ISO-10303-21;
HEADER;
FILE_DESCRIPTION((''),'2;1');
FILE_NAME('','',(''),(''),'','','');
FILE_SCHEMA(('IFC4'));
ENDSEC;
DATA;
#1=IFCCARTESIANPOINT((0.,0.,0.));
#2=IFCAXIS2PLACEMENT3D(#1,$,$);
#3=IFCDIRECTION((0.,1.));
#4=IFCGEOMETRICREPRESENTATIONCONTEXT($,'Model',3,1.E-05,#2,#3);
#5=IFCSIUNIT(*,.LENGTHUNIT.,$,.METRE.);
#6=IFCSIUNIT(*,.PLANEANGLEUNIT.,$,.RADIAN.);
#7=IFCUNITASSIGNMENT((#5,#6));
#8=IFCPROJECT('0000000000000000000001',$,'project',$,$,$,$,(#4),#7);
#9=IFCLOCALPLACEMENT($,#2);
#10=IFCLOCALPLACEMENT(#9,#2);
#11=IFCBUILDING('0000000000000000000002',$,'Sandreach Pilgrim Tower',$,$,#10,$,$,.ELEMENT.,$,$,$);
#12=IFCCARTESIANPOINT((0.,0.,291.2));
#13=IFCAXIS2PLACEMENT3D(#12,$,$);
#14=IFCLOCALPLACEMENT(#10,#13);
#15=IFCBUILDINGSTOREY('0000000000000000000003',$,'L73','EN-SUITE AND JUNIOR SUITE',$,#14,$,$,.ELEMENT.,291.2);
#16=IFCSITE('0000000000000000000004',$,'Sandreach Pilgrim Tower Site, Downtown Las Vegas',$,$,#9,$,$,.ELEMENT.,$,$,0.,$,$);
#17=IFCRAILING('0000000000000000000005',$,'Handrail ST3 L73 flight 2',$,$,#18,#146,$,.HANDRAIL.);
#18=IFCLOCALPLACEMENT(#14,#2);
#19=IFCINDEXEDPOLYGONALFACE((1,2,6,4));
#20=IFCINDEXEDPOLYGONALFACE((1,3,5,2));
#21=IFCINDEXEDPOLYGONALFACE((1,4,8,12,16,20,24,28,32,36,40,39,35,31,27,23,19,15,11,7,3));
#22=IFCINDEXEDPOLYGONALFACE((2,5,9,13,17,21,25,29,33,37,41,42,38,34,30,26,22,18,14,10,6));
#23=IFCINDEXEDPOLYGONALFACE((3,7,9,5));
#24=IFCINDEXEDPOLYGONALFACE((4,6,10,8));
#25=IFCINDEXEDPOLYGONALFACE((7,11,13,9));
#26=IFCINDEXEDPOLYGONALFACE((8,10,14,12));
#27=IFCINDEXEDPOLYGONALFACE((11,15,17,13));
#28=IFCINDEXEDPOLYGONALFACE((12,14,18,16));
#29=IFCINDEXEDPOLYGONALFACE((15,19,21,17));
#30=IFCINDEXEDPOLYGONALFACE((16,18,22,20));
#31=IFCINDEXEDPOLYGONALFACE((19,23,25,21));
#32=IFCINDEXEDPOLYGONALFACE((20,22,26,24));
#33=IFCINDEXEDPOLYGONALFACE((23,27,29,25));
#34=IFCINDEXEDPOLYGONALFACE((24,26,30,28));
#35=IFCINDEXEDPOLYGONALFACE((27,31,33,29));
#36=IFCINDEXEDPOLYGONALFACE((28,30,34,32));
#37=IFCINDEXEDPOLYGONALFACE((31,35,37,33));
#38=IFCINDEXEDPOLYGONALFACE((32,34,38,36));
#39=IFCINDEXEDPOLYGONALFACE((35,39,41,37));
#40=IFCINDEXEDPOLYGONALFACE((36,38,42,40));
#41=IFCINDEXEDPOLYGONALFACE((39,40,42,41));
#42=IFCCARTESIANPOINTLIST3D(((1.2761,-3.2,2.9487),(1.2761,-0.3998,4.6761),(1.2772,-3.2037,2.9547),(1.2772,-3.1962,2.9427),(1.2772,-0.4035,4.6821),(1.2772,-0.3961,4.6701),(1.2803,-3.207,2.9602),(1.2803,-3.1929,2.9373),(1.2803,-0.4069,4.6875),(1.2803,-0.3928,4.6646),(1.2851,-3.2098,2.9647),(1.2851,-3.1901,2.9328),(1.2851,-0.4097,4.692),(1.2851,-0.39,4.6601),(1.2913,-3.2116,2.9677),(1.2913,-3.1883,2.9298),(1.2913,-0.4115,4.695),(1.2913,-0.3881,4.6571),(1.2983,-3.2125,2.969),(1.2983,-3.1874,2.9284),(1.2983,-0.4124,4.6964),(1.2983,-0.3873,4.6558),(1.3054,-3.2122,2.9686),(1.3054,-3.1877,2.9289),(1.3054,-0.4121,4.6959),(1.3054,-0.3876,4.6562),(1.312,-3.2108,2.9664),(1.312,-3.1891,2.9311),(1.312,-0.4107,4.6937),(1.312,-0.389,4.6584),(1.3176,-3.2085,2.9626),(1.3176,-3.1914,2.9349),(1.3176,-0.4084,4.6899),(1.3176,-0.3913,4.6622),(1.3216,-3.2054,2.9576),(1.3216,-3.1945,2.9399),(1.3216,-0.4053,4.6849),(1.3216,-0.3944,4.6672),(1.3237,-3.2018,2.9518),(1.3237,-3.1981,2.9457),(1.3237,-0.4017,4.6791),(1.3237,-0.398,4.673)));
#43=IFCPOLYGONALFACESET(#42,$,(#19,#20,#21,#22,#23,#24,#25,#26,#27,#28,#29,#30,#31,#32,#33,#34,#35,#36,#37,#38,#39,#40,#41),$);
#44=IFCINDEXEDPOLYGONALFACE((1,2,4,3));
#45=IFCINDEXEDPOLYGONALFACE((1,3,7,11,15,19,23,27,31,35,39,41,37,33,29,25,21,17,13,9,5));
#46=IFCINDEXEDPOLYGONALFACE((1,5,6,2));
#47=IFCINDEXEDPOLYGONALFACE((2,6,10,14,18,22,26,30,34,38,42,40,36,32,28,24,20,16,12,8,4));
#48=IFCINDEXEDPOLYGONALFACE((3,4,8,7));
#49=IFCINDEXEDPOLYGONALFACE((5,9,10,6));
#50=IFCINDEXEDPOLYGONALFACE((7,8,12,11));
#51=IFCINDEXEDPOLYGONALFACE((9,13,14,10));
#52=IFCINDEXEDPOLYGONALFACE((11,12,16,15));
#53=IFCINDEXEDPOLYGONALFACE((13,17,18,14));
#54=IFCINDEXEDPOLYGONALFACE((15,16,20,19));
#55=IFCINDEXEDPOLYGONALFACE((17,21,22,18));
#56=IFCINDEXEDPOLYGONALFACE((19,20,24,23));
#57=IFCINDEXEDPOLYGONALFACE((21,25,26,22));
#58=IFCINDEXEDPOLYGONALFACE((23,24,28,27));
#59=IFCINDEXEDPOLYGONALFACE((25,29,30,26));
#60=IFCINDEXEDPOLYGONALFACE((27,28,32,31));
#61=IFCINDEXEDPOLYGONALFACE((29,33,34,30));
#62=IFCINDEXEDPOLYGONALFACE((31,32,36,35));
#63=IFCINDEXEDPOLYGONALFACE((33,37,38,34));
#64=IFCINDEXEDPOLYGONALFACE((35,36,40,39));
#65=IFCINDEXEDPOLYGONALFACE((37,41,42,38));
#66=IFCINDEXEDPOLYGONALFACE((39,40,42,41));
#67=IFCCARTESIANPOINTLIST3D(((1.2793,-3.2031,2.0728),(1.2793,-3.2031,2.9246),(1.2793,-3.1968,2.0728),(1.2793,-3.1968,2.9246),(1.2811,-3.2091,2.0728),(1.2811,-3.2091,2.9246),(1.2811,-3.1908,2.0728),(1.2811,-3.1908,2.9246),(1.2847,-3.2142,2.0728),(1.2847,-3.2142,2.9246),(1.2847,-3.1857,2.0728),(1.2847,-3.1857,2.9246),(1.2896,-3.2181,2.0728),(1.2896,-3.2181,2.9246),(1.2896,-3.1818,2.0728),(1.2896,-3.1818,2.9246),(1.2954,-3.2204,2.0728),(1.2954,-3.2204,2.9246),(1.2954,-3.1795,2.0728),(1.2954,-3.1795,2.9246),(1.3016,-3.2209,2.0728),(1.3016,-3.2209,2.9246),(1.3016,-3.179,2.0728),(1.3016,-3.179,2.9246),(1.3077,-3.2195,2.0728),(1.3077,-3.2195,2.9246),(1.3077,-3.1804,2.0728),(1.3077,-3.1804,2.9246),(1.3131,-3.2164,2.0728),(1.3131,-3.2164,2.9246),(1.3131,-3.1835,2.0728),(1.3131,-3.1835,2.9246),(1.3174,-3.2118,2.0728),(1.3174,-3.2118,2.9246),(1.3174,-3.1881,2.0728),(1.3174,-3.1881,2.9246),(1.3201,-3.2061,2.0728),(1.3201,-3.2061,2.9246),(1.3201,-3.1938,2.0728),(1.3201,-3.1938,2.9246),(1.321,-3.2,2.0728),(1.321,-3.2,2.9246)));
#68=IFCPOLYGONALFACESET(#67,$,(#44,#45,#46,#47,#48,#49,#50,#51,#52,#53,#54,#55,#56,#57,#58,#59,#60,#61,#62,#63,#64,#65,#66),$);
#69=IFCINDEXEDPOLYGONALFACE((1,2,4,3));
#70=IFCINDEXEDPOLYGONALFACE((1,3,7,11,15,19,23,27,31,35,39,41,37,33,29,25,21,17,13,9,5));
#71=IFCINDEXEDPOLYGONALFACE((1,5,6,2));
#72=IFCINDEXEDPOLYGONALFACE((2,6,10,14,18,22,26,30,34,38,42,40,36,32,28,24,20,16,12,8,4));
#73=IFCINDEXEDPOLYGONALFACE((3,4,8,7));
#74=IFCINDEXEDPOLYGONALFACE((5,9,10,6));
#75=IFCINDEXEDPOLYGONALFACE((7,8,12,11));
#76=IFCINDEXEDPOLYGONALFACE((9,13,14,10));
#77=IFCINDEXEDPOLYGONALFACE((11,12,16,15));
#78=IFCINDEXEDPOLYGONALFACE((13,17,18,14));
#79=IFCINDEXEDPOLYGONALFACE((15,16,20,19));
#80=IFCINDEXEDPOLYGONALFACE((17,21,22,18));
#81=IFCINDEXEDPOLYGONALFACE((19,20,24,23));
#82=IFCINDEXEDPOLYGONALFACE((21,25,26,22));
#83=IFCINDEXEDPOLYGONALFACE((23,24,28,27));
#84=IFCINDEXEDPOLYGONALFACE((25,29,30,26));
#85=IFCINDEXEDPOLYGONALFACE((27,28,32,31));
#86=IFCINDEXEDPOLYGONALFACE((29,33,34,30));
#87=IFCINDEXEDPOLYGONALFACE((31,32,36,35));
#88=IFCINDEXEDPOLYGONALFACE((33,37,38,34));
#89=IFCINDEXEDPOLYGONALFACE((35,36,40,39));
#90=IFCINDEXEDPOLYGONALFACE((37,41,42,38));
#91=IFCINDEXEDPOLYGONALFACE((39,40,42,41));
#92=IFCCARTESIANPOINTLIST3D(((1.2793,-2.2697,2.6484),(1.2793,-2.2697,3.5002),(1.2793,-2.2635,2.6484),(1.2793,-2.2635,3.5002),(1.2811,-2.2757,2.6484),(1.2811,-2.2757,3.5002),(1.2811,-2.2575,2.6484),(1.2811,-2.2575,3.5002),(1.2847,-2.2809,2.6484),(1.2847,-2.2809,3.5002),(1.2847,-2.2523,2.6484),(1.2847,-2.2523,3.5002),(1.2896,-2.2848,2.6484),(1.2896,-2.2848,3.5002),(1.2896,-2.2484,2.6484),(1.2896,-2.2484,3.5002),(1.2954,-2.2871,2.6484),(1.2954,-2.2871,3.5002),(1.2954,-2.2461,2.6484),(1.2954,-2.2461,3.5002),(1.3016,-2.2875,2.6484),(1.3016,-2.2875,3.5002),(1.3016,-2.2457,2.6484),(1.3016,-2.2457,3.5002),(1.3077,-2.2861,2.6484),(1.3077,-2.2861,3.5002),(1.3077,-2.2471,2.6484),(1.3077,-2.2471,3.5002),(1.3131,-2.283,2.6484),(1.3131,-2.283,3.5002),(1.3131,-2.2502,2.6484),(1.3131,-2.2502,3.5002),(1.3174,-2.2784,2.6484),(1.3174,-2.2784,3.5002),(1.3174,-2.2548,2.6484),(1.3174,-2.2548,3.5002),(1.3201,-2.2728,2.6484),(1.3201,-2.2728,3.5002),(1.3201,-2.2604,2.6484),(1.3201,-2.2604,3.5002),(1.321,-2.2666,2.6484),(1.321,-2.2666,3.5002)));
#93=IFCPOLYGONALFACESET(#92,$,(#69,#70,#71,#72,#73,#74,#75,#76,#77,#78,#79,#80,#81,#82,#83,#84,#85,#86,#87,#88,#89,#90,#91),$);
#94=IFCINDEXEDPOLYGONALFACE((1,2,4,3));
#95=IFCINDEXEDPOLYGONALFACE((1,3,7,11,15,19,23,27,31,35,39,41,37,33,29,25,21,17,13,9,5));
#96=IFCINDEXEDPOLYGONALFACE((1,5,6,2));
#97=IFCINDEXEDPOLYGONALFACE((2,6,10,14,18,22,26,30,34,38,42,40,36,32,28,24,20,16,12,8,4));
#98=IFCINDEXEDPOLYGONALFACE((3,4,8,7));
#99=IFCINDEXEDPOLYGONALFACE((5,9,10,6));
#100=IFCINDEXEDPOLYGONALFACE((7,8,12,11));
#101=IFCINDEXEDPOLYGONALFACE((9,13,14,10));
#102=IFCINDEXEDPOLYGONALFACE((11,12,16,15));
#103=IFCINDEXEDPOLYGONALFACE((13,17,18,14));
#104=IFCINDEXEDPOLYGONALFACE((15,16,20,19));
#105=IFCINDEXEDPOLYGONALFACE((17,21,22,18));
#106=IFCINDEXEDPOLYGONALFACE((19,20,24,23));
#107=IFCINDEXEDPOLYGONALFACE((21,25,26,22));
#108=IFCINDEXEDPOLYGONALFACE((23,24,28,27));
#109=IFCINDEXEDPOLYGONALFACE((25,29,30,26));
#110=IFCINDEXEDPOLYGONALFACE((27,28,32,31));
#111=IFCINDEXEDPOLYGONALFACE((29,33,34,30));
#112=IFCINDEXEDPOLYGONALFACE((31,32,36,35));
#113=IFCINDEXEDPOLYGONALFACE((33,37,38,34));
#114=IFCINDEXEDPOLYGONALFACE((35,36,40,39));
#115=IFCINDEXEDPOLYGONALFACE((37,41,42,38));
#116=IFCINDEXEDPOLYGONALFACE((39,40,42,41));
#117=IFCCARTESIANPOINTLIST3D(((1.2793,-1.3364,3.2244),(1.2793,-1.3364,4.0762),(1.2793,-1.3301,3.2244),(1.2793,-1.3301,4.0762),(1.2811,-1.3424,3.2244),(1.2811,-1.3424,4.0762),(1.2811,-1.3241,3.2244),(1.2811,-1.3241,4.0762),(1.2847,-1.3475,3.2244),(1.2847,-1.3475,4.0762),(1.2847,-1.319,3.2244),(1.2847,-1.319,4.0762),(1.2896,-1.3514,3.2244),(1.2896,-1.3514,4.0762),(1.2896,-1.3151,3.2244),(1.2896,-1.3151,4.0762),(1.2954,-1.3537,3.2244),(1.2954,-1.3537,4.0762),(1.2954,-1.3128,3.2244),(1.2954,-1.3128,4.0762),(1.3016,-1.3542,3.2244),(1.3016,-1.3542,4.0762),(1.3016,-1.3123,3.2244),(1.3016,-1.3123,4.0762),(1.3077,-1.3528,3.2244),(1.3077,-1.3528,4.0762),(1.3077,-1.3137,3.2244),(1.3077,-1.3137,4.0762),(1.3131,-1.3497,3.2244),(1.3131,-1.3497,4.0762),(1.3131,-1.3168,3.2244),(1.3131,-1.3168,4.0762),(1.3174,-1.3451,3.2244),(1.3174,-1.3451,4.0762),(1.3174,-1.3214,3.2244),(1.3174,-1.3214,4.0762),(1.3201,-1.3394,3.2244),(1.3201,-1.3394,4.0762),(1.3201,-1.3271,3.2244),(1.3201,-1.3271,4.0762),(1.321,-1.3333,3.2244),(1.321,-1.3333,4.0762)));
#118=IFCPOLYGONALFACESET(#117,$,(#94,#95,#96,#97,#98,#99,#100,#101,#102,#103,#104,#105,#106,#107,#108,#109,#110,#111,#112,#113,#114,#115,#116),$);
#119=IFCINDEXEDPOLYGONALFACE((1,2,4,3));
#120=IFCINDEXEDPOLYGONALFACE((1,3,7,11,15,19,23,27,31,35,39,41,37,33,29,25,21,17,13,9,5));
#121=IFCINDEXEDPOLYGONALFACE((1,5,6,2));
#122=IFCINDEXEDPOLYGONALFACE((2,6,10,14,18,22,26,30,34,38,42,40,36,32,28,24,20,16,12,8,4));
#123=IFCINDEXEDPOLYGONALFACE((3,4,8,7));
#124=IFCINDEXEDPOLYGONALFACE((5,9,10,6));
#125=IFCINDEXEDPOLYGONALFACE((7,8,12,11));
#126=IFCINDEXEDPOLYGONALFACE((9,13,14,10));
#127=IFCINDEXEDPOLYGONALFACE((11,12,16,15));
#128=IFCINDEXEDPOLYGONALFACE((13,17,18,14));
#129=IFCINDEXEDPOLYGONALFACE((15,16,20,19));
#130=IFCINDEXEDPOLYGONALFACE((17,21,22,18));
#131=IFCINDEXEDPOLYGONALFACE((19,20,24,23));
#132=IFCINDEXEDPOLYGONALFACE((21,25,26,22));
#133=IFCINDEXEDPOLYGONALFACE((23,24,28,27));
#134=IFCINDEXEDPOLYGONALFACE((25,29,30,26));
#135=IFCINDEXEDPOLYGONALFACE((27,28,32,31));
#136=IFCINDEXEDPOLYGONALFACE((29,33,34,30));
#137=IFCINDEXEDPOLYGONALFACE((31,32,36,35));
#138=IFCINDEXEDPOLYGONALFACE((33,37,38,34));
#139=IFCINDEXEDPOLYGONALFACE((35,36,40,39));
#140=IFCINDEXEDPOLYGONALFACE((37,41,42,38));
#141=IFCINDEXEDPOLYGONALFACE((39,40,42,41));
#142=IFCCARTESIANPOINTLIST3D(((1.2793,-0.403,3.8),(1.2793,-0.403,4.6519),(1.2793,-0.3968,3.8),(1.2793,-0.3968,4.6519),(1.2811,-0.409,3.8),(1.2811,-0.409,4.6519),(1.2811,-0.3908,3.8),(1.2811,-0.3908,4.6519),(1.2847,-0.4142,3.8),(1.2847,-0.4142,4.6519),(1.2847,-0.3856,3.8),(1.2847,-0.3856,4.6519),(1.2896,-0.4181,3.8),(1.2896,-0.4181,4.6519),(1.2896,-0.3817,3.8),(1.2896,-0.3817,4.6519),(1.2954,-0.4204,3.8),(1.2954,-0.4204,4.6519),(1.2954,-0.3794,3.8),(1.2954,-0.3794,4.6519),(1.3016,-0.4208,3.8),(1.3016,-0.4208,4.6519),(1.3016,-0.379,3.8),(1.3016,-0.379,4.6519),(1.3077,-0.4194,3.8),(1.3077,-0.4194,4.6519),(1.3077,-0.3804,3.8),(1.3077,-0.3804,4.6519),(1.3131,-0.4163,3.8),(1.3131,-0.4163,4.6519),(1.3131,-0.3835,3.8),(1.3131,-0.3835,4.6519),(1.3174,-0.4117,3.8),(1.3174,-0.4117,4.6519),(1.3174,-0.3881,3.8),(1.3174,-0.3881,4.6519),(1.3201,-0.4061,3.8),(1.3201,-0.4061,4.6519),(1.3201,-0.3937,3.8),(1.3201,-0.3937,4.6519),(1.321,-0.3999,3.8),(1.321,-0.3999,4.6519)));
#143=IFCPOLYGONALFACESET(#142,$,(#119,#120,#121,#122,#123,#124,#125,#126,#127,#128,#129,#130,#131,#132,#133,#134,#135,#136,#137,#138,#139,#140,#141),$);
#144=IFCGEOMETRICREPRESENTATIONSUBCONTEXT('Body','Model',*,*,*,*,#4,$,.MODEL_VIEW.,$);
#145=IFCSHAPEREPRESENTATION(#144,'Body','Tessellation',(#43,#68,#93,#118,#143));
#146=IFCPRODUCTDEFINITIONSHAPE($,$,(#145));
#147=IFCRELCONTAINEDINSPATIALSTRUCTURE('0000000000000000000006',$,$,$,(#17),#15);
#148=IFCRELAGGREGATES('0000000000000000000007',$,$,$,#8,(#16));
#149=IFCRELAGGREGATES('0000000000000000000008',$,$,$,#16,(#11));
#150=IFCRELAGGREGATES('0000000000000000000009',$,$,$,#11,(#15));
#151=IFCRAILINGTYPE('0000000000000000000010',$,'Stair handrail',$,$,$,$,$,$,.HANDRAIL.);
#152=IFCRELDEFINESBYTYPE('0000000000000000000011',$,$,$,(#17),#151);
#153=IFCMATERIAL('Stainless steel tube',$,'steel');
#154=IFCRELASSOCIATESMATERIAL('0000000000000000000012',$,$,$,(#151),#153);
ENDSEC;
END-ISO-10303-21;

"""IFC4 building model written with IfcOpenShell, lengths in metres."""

from ifc_helpers import new_model, si_unit, direction, frame, origin, origin_2d, place, context, subcontext, project, spatial, circle, extrude, material, type_object, element, save


model = new_model("IFC4")

# Units and contexts
model_context = context("Model", 3, precision=1e-05, world=origin(), true_north=direction((0.0, 1.0)))
body_context = subcontext(model_context, "Body", "Model", "MODEL_VIEW")
ifc_project = project(units=[si_unit("LENGTHUNIT", "METRE"), si_unit("PLANEANGLEUNIT", "RADIAN")], contexts=[model_context])

# Site, building, storey
site_placement = place(None, origin())
site = spatial("IfcSite", under=ifc_project, at=site_placement, Name="Sandreach Pilgrim Tower Site, Downtown Las Vegas", CompositionType="ELEMENT", RefElevation=0.0)
building_placement = place(site_placement, origin())
building = spatial("IfcBuilding", under=site, at=building_placement, Name="Sandreach Pilgrim Tower", CompositionType="ELEMENT")
storey_placement = place(building_placement, frame((0.0, 0.0, 291.2)))
storey = spatial("IfcBuildingStorey", under=building, at=storey_placement, Name="L73", Description="EN-SUITE AND JUNIOR SUITE", CompositionType="ELEMENT", Elevation=291.2)

# Railing
ifc_material_1 = material(Name="Stainless steel tube", Category="steel")
railing_type = type_object("IfcRailingType", Name="Stair handrail", PredefinedType="HANDRAIL", material=ifc_material_1)
for number, where, name in (
    (1, (1.3, -3.2, 2.0728), "Handrail ST3 L73 flight 2"),
):
    element("IfcRailing", number, at=place(storey_placement, frame(where)), inside=storey, type_object=railing_type, Name=name, PredefinedType="HANDRAIL", context=body_context, shape_type="SweptSolid", body=[
        extrude(circle(Radius=0.0239, at=origin_2d()), frame((0.0, 0.0, 0.876), z_axis=(0.0, 0.85109, 0.52502), x_axis=(-1.0, 0.0, 0.0)), (0.0, 0.0, 1.0), 3.29),
        extrude(circle(Radius=0.021, at=origin_2d()), origin(), (0.0, 0.0, 1.0), 0.8518),
        extrude(circle(Radius=0.021, at=origin_2d()), frame((0.0, 0.9333, 0.5757)), (0.0, 0.0, 1.0), 0.8518),
        extrude(circle(Radius=0.021, at=origin_2d()), frame((0.0, 1.8667, 1.1516)), (0.0, 0.0, 1.0), 0.8518),
        extrude(circle(Radius=0.021, at=origin_2d()), frame((0.0, 2.8, 1.7273)), (0.0, 0.0, 1.0), 0.8518),
    ])

save(model, "model.ifc")
